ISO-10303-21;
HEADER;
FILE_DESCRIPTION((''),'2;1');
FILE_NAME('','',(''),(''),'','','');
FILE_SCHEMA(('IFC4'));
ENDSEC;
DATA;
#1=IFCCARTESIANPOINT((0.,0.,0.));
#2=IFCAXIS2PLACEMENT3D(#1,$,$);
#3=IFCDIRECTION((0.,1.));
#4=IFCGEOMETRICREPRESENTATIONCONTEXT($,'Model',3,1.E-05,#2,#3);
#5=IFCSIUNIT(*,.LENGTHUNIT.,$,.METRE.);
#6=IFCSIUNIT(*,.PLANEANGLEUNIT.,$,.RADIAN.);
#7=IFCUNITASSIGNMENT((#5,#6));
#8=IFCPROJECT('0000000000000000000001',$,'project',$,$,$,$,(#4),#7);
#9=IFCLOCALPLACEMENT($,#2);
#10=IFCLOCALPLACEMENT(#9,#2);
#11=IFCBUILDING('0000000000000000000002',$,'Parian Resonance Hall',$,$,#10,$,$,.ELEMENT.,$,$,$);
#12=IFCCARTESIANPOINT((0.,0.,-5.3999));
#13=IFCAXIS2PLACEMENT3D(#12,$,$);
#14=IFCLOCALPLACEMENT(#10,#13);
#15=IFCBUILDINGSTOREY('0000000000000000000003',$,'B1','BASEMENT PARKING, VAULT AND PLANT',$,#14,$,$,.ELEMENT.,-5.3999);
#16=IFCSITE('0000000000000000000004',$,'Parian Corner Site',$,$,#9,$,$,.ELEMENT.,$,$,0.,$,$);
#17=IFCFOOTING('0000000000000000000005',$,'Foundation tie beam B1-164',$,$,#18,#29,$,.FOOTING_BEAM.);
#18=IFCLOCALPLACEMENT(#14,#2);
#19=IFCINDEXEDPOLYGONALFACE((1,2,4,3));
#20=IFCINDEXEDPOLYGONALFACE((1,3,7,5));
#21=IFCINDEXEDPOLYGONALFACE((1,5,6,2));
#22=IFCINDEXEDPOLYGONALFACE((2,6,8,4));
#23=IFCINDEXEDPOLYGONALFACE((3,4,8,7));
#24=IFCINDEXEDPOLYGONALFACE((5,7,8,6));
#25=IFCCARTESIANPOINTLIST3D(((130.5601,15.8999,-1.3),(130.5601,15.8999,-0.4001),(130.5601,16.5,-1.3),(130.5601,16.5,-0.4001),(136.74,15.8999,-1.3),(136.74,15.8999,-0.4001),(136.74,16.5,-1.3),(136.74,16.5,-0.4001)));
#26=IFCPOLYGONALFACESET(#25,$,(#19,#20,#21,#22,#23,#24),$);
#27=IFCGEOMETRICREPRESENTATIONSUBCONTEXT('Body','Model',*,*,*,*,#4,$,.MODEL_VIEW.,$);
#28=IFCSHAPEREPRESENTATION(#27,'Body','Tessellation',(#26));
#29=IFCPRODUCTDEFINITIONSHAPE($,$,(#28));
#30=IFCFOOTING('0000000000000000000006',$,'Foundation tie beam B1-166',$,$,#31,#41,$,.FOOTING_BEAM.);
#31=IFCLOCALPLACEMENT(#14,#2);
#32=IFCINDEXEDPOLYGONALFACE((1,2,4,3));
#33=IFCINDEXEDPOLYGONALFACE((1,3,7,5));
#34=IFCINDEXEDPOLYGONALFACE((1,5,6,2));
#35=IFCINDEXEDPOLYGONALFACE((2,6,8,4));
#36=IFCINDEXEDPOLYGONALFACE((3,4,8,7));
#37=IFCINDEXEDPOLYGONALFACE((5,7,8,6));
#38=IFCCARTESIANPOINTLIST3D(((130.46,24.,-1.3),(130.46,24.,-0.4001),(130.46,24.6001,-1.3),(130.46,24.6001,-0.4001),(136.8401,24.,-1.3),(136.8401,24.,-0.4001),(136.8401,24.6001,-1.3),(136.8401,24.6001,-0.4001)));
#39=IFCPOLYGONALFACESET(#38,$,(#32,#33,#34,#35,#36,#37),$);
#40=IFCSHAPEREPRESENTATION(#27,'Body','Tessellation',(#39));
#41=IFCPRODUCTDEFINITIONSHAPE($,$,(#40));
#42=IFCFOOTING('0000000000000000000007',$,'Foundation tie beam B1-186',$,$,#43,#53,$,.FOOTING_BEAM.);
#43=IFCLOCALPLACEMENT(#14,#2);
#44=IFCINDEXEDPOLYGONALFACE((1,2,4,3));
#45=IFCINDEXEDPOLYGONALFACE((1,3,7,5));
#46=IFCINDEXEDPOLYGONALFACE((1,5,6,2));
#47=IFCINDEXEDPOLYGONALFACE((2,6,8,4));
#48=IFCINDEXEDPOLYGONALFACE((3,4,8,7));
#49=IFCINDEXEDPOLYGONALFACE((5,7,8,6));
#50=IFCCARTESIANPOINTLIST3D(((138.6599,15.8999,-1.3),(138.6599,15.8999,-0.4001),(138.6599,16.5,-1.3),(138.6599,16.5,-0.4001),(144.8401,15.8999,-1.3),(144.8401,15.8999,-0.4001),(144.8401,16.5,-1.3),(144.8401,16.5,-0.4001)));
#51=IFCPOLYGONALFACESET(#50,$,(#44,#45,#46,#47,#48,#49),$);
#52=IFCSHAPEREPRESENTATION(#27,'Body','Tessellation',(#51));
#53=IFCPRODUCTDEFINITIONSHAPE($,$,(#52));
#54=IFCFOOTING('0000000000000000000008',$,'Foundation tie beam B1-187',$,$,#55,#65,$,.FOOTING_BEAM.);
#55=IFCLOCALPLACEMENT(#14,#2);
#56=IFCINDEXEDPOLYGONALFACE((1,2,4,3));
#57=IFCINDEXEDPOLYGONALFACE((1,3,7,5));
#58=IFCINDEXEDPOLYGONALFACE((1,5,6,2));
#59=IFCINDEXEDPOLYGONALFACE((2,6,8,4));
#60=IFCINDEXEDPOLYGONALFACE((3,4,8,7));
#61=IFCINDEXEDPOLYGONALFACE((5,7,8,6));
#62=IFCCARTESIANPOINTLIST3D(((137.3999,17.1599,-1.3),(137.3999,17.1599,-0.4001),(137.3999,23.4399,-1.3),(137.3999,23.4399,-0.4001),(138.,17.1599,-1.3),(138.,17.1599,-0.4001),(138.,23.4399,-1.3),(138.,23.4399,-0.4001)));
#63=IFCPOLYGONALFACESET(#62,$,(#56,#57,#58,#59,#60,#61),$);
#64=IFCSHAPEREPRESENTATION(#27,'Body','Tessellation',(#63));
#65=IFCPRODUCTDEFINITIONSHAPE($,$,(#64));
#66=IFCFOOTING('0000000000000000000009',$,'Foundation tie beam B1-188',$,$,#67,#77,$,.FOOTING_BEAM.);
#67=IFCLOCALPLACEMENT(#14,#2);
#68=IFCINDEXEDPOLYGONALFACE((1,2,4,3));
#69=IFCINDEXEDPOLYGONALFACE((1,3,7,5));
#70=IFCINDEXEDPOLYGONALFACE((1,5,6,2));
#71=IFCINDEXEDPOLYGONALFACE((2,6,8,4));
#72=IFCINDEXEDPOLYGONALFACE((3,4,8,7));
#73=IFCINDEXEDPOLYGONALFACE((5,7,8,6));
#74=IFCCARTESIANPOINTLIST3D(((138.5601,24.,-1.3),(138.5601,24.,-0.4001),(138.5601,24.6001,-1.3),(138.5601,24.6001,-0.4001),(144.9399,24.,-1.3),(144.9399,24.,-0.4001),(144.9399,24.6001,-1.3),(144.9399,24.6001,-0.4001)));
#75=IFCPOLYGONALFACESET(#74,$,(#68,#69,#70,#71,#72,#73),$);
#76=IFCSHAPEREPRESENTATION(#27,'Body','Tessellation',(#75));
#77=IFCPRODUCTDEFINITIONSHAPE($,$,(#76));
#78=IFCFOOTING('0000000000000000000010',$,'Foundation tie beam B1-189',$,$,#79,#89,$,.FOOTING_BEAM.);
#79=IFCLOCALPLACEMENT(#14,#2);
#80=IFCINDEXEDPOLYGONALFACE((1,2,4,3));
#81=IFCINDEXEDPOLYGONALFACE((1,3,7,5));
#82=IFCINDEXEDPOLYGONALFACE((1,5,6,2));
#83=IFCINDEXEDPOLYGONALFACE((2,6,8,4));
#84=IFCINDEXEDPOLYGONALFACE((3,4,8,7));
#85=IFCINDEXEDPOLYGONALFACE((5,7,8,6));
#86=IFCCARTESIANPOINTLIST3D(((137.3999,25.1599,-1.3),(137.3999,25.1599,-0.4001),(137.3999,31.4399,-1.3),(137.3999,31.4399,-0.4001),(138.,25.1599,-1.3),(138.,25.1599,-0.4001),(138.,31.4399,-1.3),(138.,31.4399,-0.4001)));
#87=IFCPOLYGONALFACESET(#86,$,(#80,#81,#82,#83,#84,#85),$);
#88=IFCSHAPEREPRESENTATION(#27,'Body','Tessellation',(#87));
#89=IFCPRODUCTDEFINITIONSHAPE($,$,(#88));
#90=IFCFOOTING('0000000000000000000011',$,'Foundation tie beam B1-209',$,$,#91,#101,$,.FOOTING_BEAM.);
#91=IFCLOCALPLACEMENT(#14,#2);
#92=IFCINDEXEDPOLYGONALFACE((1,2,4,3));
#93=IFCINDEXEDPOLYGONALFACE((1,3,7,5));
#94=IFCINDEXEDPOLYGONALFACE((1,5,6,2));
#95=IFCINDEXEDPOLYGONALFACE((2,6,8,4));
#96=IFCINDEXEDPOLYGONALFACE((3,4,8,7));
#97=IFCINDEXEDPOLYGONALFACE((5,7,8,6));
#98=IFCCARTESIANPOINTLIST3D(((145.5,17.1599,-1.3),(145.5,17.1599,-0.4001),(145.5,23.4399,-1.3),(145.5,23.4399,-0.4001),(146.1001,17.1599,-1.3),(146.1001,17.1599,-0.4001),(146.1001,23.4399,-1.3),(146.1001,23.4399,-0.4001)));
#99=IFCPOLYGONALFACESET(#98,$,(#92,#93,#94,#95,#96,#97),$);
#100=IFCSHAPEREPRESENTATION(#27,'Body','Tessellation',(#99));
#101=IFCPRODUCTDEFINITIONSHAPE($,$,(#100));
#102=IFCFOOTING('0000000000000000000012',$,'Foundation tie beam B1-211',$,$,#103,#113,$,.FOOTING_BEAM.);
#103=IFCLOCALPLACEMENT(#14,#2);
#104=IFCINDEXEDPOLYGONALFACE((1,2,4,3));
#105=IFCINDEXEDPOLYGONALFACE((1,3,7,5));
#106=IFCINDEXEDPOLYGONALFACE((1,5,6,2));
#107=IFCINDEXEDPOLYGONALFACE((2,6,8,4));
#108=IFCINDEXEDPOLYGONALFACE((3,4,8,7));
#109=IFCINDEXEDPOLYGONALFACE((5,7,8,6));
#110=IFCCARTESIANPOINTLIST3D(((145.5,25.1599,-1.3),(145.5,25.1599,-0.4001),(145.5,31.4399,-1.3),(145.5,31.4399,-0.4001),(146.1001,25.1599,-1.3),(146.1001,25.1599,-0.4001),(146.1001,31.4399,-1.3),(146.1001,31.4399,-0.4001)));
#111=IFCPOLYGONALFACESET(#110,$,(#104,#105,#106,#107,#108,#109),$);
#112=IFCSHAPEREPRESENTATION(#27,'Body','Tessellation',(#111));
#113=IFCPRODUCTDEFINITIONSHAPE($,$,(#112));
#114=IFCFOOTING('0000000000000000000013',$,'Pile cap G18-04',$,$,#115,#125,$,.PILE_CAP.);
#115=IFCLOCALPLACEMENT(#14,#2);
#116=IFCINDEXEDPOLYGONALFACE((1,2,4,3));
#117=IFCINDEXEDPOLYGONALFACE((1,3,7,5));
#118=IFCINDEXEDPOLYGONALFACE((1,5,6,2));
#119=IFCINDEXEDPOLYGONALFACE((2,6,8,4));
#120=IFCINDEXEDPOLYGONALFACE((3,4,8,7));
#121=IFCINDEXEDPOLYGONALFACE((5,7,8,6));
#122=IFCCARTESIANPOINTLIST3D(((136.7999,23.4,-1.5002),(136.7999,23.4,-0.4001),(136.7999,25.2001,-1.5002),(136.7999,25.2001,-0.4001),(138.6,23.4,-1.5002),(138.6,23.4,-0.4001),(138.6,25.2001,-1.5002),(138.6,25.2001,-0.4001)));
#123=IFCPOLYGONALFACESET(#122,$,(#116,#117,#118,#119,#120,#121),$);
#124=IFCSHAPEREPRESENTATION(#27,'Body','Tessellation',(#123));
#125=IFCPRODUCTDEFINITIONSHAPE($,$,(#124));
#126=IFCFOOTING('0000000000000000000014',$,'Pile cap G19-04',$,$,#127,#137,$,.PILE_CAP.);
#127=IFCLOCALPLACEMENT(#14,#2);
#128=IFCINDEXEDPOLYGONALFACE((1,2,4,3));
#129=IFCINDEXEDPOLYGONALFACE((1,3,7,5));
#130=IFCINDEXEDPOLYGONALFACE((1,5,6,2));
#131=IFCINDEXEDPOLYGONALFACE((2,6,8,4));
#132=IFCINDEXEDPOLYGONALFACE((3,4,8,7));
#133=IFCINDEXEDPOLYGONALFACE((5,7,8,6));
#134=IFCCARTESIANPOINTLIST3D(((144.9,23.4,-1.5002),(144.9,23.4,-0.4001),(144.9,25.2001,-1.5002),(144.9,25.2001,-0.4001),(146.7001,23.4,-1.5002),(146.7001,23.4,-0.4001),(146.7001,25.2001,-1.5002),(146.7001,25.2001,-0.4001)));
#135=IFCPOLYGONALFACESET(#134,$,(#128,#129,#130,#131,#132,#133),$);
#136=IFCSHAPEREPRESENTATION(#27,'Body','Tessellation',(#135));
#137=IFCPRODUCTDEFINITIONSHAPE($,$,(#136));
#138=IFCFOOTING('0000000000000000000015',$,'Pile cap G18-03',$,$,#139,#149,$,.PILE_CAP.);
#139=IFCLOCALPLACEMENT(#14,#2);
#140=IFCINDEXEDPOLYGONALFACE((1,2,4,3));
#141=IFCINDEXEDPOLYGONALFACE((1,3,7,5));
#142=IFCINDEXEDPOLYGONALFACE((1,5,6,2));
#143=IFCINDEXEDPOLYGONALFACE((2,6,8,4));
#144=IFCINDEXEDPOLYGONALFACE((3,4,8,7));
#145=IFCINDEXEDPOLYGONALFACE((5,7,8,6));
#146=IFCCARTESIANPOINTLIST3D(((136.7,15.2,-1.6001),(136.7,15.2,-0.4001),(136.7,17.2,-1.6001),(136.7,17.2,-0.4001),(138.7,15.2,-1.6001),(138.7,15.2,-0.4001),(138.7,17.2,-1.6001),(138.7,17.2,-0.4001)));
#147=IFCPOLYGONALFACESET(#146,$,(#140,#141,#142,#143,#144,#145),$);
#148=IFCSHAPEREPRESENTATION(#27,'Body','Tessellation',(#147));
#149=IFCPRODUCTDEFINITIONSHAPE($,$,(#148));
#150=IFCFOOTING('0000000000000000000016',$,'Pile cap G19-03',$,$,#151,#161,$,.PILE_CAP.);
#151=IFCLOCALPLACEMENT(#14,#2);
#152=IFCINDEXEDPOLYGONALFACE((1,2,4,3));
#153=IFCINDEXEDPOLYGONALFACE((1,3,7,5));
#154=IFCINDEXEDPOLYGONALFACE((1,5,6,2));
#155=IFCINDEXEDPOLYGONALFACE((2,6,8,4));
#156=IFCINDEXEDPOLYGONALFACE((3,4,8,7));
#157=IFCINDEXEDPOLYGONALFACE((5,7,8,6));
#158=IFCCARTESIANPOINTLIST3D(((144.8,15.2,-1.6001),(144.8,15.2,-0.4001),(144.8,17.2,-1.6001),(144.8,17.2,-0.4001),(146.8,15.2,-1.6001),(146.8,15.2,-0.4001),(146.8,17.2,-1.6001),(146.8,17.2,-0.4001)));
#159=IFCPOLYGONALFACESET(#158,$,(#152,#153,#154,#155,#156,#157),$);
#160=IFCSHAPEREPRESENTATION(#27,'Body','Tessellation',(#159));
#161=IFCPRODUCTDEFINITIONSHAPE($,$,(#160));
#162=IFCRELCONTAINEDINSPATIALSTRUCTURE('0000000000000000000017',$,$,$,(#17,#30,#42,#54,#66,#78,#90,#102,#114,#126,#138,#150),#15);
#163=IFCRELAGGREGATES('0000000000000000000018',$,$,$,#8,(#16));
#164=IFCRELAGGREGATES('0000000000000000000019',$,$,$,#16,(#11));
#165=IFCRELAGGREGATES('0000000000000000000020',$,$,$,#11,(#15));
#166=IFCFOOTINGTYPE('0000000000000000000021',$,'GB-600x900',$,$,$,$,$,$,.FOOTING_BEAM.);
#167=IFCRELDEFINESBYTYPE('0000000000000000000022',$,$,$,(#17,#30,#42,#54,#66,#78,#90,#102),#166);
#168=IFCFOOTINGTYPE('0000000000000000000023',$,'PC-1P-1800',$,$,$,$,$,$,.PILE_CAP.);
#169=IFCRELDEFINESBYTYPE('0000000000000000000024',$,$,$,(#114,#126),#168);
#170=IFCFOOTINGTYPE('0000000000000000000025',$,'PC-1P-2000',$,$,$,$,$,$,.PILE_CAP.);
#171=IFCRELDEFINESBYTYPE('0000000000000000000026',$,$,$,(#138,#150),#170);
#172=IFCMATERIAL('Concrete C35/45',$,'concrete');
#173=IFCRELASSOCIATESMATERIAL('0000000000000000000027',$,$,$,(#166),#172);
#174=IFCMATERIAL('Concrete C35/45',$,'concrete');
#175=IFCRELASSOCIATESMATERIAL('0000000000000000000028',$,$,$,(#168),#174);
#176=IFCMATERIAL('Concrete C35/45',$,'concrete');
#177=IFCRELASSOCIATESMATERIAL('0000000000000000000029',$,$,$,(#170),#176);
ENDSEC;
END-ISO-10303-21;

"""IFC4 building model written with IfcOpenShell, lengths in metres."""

from ifc_helpers import new_model, si_unit, direction, frame, origin, origin_2d, place, context, subcontext, project, spatial, rectangle, extrude, material, material_profile, profile_set, type_object, element, save


model = new_model("IFC4")

# Units and contexts
model_context = context("Model", 3, precision=1e-05, world=origin(), true_north=direction((0.0, 1.0)))
body_context = subcontext(model_context, "Body", "Model", "MODEL_VIEW")
ifc_project = project(units=[si_unit("LENGTHUNIT", "METRE"), si_unit("PLANEANGLEUNIT", "RADIAN")], contexts=[model_context])

# Site, building, storey
site_placement = place(None, origin())
site = spatial("IfcSite", under=ifc_project, at=site_placement, Name="Parian Corner Site", CompositionType="ELEMENT", RefElevation=0.0)
building_placement = place(site_placement, origin())
building = spatial("IfcBuilding", under=site, at=building_placement, Name="Parian Resonance Hall", CompositionType="ELEMENT")
storey_placement = place(building_placement, frame((0.0, 0.0, -5.3999)))
storey = spatial("IfcBuildingStorey", under=building, at=storey_placement, Name="B1", Description="BASEMENT PARKING, VAULT AND PLANT", CompositionType="ELEMENT", Elevation=-5.3999)

# Footings
ifc_material_1 = material(Name="Concrete C35/45", Category="concrete")
ifc_material_profile_1 = material_profile(ifc_material_1, rectangle(XDim=0.6001, YDim=0.8999, at=origin_2d()), Name="RC-GB-600x900")
ifc_profile_set_1 = profile_set([ifc_material_profile_1], Name="Concrete C35/45")
footing_type_1 = type_object("IfcFootingType", Name="GB-600x900", PredefinedType="FOOTING_BEAM", material=ifc_profile_set_1)
footing_1_placement = place(storey_placement, frame((130.5601, 16.2, -0.8501), z_axis=(1.0, 0.0, 0.0), x_axis=(0.0, 1.0, 0.0)))
element("IfcFooting", 1, at=footing_1_placement, inside=storey, type_object=footing_type_1, Name="Foundation tie beam B1-164", PredefinedType="FOOTING_BEAM", context=body_context, shape_type="SweptSolid", body=[
    extrude(rectangle(XDim=0.6001, YDim=0.8999, at=origin_2d()), origin(), (0.0, 0.0, 1.0), 6.1799),
])
footing_2_placement = place(storey_placement, frame((130.46, 24.3, -0.8501), z_axis=(1.0, 0.0, 0.0), x_axis=(0.0, 1.0, 0.0)))
element("IfcFooting", 2, at=footing_2_placement, inside=storey, type_object=footing_type_1, Name="Foundation tie beam B1-166", PredefinedType="FOOTING_BEAM", context=body_context, shape_type="SweptSolid", body=[
    extrude(rectangle(XDim=0.6001, YDim=0.8999, at=origin_2d()), origin(), (0.0, 0.0, 1.0), 6.3801),
])
footing_3_placement = place(storey_placement, frame((138.6599, 16.2, -0.8501), z_axis=(1.0, 0.0, 0.0), x_axis=(0.0, 1.0, 0.0)))
element("IfcFooting", 3, at=footing_3_placement, inside=storey, type_object=footing_type_1, Name="Foundation tie beam B1-186", PredefinedType="FOOTING_BEAM", context=body_context, shape_type="SweptSolid", body=[
    extrude(rectangle(XDim=0.6001, YDim=0.8999, at=origin_2d()), origin(), (0.0, 0.0, 1.0), 6.1802),
])
footing_4_placement = place(storey_placement, frame((137.7, 17.1599, -0.8501), z_axis=(0.0, 1.0, 0.0), x_axis=(-1.0, 0.0, 0.0)))
element("IfcFooting", 4, at=footing_4_placement, inside=storey, type_object=footing_type_1, Name="Foundation tie beam B1-187", PredefinedType="FOOTING_BEAM", context=body_context, shape_type="SweptSolid", body=[
    extrude(rectangle(XDim=0.6001, YDim=0.8999, at=origin_2d()), origin(), (0.0, 0.0, 1.0), 6.28),
])
footing_5_placement = place(storey_placement, frame((138.5601, 24.3, -0.8501), z_axis=(1.0, 0.0, 0.0), x_axis=(0.0, 1.0, 0.0)))
element("IfcFooting", 5, at=footing_5_placement, inside=storey, type_object=footing_type_1, Name="Foundation tie beam B1-188", PredefinedType="FOOTING_BEAM", context=body_context, shape_type="SweptSolid", body=[
    extrude(rectangle(XDim=0.6001, YDim=0.8999, at=origin_2d()), origin(), (0.0, 0.0, 1.0), 6.3799),
])
for number, where, z_axis, x_axis, name in (
    (6, (137.7, 25.1599, -0.8501), (0.0, 1.0, 0.0), (-1.0, 0.0, 0.0), "Foundation tie beam B1-189"),
    (7, (145.8, 17.1599, -0.8501), (0.0, 1.0, 0.0), (-1.0, 0.0, 0.0), "Foundation tie beam B1-209"),
    (8, (145.8, 25.1599, -0.8501), (0.0, 1.0, 0.0), (-1.0, 0.0, 0.0), "Foundation tie beam B1-211"),
):
    element("IfcFooting", number, at=place(storey_placement, frame(where, z_axis=z_axis, x_axis=x_axis)), inside=storey, type_object=footing_type_1, Name=name, PredefinedType="FOOTING_BEAM", context=body_context, shape_type="SweptSolid", body=[
        extrude(rectangle(XDim=0.6001, YDim=0.8999, at=origin_2d()), origin(), (0.0, 0.0, 1.0), 6.28),
    ])
ifc_material_2 = material(Name="Concrete C35/45", Category="concrete")
footing_type_2 = type_object("IfcFootingType", Name="PC-1P-1800", PredefinedType="PILE_CAP", material=ifc_material_2)
for number, where, z_axis, x_axis, name in (
    (9, (137.7, 24.3, -1.5002), (0.0, 0.0, 1.0), (1.0, 0.0, 0.0), "Pile cap G18-04"),
    (10, (145.8, 24.3, -1.5002), (0.0, 0.0, 1.0), (1.0, 0.0, 0.0), "Pile cap G19-04"),
):
    element("IfcFooting", number, at=place(storey_placement, frame(where, z_axis=z_axis, x_axis=x_axis)), inside=storey, type_object=footing_type_2, Name=name, PredefinedType="PILE_CAP", context=body_context, shape_type="SweptSolid", body=[
        extrude(rectangle(XDim=1.8, YDim=1.8, at=origin_2d()), origin(), (0.0, 0.0, 1.0), 1.1001),
    ])
ifc_material_3 = material(Name="Concrete C35/45", Category="concrete")
footing_type_3 = type_object("IfcFootingType", Name="PC-1P-2000", PredefinedType="PILE_CAP", material=ifc_material_3)
for number, where, z_axis, x_axis, name in (
    (11, (137.7, 16.2, -1.6001), (0.0, 0.0, 1.0), (1.0, 0.0, 0.0), "Pile cap G18-03"),
    (12, (145.8, 16.2, -1.6001), (0.0, 0.0, 1.0), (1.0, 0.0, 0.0), "Pile cap G19-03"),
):
    element("IfcFooting", number, at=place(storey_placement, frame(where, z_axis=z_axis, x_axis=x_axis)), inside=storey, type_object=footing_type_3, Name=name, PredefinedType="PILE_CAP", context=body_context, shape_type="SweptSolid", body=[
        extrude(rectangle(XDim=2.0, YDim=2.0, at=origin_2d()), origin(), (0.0, 0.0, 1.0), 1.2),
    ])

save(model, "model.ifc")
